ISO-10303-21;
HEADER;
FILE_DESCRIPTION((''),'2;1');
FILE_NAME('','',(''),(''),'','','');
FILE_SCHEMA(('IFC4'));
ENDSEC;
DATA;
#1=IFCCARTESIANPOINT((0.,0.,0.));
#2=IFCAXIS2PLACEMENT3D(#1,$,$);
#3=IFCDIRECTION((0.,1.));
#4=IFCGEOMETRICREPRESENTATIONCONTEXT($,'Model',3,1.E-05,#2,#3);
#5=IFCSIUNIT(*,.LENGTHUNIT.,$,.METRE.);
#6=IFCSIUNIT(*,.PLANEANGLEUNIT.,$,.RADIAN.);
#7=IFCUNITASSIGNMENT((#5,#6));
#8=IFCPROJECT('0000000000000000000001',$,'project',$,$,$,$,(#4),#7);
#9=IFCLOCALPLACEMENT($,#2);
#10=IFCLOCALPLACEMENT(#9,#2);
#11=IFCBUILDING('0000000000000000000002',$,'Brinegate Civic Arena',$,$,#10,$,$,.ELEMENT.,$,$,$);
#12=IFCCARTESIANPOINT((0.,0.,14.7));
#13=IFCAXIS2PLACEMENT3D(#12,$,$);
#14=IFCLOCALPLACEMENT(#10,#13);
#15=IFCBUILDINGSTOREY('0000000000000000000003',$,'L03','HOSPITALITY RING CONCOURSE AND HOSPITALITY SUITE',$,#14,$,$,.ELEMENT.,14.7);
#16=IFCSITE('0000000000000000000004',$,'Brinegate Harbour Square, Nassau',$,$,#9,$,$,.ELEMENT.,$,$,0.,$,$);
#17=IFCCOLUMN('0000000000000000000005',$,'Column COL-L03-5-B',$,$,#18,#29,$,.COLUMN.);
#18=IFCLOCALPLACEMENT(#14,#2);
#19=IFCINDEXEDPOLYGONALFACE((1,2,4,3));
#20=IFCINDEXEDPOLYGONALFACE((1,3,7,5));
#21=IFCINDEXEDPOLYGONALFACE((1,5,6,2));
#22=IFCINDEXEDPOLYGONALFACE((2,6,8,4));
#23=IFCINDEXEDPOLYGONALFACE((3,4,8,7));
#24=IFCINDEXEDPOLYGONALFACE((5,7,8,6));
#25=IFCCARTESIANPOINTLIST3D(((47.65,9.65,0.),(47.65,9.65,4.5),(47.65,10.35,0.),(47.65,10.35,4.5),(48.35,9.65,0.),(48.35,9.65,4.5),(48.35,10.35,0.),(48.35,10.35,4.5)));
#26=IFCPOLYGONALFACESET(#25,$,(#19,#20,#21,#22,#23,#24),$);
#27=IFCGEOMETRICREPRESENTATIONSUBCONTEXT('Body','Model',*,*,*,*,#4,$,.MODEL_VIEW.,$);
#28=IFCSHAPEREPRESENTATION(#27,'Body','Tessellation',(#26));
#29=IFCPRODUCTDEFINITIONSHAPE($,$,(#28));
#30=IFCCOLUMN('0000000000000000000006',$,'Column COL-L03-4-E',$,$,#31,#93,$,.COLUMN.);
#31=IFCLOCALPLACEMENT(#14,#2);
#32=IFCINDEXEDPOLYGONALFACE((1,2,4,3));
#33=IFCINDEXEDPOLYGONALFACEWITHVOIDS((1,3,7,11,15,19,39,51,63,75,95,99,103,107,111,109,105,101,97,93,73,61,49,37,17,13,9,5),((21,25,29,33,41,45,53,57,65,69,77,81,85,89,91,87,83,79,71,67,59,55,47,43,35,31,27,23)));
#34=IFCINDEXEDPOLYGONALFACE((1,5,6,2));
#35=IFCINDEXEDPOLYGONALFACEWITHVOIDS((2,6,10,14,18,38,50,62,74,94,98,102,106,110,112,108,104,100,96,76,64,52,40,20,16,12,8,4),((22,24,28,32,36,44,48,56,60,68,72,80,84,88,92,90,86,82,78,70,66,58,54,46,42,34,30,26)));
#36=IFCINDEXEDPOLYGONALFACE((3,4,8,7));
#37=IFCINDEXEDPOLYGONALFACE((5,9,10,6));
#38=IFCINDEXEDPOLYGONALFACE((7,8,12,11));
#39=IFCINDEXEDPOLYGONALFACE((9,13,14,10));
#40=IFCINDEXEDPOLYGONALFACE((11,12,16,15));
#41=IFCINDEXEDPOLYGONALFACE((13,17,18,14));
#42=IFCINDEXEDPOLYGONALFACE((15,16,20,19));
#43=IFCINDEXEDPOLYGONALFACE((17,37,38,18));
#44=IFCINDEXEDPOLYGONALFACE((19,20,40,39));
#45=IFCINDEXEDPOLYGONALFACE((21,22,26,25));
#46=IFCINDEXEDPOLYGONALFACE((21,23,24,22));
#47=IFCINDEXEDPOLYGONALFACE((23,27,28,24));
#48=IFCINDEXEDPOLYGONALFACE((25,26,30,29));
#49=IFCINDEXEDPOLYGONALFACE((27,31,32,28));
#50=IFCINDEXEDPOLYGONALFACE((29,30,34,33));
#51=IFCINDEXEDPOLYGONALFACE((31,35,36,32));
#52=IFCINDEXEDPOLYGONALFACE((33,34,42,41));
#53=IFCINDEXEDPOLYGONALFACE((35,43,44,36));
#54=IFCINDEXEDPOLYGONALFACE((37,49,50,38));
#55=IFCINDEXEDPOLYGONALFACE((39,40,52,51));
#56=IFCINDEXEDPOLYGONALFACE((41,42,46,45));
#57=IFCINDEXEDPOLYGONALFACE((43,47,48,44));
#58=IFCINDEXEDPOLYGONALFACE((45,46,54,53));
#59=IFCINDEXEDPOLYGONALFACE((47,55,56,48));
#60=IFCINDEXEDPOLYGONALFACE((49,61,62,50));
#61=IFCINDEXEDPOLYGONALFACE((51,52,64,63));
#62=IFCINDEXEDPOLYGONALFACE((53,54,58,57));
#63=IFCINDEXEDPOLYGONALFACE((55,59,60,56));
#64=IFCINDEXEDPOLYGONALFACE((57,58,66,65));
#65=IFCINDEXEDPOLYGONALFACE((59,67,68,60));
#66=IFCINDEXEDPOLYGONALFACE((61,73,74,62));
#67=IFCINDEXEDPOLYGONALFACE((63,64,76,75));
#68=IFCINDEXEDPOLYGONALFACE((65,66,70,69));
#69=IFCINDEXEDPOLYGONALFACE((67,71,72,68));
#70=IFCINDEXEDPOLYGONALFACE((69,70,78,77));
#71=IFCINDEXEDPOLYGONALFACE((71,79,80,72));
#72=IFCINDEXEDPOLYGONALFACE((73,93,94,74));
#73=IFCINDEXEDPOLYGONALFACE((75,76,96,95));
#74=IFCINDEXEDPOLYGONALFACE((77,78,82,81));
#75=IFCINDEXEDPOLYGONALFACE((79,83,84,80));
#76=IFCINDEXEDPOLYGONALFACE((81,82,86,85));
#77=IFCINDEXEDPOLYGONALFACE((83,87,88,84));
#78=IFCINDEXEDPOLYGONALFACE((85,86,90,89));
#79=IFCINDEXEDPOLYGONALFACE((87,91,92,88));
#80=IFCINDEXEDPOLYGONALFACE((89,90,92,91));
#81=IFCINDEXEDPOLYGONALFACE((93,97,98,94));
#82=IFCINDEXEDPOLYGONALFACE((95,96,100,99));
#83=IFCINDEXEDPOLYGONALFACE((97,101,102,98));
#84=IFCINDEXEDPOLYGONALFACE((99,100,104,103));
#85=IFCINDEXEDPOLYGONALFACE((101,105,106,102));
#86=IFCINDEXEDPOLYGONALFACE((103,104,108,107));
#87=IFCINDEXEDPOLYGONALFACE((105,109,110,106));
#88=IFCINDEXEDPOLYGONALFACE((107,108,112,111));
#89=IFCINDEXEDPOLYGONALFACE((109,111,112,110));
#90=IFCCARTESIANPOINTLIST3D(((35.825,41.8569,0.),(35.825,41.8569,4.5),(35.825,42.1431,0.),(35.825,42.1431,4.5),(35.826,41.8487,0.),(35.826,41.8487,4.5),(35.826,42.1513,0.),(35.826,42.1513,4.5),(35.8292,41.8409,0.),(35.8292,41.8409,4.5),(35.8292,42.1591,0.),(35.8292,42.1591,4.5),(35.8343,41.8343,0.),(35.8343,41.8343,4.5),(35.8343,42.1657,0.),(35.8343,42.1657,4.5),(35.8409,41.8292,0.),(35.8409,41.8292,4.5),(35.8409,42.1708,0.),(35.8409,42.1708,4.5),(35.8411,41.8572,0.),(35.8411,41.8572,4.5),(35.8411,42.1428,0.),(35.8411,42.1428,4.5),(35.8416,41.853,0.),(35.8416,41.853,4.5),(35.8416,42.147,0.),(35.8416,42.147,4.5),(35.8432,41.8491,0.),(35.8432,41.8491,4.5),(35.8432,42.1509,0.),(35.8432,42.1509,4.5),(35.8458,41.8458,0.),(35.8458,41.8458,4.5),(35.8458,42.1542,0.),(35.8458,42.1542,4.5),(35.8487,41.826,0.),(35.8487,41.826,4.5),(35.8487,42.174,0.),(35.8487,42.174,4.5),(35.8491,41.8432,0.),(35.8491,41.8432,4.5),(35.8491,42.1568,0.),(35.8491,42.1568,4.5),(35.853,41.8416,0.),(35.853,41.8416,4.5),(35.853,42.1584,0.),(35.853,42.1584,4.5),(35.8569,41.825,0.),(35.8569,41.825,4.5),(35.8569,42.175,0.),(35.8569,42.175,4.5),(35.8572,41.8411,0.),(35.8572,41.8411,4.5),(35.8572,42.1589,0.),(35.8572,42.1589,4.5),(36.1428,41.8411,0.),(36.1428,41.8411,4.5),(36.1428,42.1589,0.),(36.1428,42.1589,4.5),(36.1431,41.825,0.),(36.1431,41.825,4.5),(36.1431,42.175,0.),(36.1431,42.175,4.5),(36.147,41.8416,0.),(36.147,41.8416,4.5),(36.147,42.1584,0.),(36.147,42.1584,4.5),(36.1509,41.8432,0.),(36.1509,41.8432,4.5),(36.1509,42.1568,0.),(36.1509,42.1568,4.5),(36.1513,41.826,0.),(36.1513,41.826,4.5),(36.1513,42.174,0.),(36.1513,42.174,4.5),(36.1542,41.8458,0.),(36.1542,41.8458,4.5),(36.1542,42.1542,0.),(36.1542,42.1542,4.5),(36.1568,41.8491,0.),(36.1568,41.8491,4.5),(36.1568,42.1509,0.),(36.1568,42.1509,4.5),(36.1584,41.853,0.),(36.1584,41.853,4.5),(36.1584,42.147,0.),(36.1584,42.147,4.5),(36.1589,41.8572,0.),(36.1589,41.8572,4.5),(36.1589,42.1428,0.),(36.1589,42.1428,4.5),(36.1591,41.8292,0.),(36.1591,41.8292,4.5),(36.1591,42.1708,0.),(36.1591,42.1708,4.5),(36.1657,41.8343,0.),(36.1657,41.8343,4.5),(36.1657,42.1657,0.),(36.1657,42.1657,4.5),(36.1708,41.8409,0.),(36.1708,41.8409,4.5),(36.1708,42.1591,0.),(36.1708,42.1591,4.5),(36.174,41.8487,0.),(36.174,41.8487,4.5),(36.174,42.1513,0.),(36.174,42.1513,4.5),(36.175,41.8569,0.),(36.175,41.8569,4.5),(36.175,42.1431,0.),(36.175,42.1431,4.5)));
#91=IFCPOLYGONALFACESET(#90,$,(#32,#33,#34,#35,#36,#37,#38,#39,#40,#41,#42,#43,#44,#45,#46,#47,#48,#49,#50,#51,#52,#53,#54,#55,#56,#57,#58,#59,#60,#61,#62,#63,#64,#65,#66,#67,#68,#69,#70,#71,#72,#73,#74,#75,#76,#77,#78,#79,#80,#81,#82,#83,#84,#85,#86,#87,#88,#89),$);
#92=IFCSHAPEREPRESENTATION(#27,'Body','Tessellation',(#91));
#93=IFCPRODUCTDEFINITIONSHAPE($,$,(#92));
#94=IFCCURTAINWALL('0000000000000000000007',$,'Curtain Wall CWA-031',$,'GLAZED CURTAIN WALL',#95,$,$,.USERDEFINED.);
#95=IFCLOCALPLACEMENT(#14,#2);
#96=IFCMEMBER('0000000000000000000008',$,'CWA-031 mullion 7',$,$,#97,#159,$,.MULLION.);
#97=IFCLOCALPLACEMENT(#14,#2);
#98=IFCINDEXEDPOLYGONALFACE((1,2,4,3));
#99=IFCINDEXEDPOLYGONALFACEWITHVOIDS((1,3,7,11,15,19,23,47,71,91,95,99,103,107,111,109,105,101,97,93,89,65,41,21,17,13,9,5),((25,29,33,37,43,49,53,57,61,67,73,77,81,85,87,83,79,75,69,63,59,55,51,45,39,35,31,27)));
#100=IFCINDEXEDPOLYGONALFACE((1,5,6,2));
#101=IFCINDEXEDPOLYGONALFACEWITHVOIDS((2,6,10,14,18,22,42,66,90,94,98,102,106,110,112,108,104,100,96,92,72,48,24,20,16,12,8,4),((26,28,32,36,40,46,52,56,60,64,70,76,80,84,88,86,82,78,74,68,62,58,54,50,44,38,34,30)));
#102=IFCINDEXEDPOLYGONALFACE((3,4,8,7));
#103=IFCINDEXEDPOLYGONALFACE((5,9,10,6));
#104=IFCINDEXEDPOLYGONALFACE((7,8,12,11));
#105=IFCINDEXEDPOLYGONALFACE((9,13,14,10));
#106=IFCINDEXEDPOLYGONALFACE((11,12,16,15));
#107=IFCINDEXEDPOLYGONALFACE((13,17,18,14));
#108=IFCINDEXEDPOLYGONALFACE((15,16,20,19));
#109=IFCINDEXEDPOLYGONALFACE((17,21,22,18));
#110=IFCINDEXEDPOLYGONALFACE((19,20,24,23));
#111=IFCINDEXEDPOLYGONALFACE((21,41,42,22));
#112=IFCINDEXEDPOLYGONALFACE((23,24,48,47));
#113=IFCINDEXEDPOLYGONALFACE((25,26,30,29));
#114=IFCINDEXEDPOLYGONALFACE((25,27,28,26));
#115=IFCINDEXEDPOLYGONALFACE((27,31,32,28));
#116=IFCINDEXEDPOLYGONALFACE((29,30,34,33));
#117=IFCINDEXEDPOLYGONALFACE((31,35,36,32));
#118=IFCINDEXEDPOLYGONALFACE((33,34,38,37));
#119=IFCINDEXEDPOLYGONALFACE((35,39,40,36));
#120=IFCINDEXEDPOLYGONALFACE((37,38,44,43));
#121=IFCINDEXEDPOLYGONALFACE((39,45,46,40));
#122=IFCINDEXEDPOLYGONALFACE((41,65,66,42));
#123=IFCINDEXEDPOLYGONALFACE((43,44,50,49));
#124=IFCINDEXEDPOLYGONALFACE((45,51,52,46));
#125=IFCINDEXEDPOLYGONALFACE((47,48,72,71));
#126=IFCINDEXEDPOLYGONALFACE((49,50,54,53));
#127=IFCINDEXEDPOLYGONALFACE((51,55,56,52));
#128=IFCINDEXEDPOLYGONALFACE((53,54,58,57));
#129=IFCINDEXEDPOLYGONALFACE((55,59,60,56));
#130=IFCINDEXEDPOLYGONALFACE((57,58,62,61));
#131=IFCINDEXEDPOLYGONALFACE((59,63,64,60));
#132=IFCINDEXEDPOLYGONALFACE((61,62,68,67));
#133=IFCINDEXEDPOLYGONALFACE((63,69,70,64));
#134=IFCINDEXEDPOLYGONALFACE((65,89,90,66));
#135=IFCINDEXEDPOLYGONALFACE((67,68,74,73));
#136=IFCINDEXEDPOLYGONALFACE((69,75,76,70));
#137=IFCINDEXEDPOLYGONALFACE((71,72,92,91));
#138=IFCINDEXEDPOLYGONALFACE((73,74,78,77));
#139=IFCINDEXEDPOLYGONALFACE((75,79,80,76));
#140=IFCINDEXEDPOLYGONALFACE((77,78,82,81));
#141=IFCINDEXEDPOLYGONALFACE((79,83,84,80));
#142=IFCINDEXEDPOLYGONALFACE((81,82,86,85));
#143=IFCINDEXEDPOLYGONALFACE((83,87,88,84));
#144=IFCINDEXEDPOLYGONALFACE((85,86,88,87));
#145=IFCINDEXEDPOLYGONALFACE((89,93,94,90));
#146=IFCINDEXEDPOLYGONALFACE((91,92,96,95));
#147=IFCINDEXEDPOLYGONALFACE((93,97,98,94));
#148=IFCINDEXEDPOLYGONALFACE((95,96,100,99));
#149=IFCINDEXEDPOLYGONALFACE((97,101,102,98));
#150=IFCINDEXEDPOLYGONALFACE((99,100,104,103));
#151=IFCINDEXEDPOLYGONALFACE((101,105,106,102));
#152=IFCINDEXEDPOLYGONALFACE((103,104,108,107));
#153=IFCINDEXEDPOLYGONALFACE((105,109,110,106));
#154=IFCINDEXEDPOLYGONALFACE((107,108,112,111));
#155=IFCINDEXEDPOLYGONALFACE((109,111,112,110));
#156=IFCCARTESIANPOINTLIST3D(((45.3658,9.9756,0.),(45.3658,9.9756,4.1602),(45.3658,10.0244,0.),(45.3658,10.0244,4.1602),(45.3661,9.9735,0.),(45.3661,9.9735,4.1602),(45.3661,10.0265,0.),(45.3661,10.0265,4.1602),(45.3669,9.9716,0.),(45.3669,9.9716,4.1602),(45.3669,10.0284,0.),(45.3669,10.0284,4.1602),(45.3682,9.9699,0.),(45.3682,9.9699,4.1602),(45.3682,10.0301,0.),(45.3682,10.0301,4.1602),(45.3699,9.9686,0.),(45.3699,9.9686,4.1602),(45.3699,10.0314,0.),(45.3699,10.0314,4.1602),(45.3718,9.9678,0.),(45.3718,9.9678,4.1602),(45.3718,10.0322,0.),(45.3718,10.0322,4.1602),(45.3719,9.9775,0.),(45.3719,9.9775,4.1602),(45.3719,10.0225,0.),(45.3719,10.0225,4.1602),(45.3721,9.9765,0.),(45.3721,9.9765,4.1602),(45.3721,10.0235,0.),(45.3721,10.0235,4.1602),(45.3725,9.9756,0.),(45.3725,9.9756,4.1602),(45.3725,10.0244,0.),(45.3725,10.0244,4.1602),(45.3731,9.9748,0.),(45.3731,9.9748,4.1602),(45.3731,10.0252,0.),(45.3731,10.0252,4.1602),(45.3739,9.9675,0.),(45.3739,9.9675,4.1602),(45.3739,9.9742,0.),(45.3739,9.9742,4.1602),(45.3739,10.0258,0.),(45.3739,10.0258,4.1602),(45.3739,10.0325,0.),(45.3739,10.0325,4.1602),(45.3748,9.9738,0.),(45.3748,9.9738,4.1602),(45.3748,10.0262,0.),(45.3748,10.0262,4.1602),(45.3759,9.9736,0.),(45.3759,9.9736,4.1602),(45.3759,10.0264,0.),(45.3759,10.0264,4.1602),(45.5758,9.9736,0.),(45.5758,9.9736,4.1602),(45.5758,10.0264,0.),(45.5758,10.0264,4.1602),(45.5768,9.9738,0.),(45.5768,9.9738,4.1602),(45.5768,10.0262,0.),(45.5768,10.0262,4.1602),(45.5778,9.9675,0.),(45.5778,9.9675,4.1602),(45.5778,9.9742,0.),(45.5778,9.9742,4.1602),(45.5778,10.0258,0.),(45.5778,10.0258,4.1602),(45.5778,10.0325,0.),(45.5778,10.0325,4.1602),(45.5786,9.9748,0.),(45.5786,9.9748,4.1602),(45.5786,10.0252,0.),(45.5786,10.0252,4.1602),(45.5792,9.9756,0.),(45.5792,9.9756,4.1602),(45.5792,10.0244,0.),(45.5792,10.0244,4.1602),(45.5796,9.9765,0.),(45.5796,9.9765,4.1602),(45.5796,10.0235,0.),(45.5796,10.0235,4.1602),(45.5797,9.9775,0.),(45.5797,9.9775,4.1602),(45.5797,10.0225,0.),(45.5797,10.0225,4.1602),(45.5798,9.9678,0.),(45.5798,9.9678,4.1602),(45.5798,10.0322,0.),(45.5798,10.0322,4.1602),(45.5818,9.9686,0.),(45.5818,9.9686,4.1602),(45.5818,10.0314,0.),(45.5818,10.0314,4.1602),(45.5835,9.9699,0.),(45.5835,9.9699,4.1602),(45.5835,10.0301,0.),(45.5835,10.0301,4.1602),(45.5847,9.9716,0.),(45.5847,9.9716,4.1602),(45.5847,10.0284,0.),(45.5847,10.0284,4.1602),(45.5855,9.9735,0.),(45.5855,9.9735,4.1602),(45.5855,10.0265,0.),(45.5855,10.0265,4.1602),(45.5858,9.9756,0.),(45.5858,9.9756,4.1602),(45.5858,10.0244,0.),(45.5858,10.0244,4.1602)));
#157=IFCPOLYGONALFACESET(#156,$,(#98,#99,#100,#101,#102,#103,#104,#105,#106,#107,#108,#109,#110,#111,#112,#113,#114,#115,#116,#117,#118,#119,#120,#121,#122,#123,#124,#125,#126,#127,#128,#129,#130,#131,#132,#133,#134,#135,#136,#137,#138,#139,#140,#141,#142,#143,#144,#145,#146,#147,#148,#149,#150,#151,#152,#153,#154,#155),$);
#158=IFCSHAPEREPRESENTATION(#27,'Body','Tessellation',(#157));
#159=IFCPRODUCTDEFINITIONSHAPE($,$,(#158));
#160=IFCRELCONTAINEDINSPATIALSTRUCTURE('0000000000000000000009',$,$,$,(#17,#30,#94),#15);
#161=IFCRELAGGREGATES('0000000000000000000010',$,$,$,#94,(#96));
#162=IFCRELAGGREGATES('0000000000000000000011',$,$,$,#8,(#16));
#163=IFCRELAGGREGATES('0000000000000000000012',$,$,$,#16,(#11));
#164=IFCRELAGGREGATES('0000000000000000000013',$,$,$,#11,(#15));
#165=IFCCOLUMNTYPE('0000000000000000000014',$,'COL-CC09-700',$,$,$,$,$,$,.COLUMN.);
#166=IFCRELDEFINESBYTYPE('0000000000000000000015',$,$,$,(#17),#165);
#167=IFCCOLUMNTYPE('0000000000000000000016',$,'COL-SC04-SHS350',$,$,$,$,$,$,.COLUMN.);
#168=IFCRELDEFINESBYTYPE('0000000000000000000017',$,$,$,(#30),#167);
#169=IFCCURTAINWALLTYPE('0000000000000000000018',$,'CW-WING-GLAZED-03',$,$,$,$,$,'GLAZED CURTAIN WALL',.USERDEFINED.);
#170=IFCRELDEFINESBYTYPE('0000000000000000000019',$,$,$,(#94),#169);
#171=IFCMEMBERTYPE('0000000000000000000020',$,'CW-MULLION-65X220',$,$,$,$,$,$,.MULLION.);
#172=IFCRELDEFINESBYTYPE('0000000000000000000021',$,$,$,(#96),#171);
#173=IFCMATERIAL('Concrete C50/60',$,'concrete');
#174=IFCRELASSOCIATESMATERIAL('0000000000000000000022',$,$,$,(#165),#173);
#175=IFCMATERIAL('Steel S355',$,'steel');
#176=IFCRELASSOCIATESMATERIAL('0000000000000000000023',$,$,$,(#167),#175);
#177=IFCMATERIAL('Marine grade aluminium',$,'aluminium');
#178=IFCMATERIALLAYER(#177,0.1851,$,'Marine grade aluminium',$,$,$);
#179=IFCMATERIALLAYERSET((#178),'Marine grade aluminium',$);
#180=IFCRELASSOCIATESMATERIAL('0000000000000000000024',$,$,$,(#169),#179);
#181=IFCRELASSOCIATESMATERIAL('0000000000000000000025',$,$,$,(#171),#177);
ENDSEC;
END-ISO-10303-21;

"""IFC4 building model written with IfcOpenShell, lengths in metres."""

from ifc_helpers import new_model, si_unit, direction, frame, origin, origin_2d, place, context, subcontext, project, spatial, rectangle, hollow_rectangle, extrude, material, layer, layer_set, material_profile, profile_set, type_object, element, aggregate, save


model = new_model("IFC4")

# Units and contexts
model_context = context("Model", 3, precision=1e-05, world=origin(), true_north=direction((0.0, 1.0)))
body_context = subcontext(model_context, "Body", "Model", "MODEL_VIEW")
ifc_project = project(units=[si_unit("LENGTHUNIT", "METRE"), si_unit("PLANEANGLEUNIT", "RADIAN")], contexts=[model_context])

# Site, building, storey
site_placement = place(None, origin())
site = spatial("IfcSite", under=ifc_project, at=site_placement, Name="Brinegate Harbour Square, Nassau", CompositionType="ELEMENT", RefElevation=0.0)
building_placement = place(site_placement, origin())
building = spatial("IfcBuilding", under=site, at=building_placement, Name="Brinegate Civic Arena", CompositionType="ELEMENT")
storey_placement = place(building_placement, frame((0.0, 0.0, 14.7)))
storey = spatial("IfcBuildingStorey", under=building, at=storey_placement, Name="L03", Description="HOSPITALITY RING CONCOURSE AND HOSPITALITY SUITE", CompositionType="ELEMENT", Elevation=14.7)

# Columns
ifc_material_1 = material(Name="Concrete C50/60", Category="concrete")
ifc_material_profile_1 = material_profile(ifc_material_1, rectangle(XDim=0.7, YDim=0.7, at=origin_2d()), Name="RC700X700")
ifc_profile_set_1 = profile_set([ifc_material_profile_1], Name="Concrete C50/60")
column_type_1 = type_object("IfcColumnType", Name="COL-CC09-700", PredefinedType="COLUMN", material=ifc_profile_set_1)
column_1_placement = place(storey_placement, frame((48.0, 10.0, 0.0), z_axis=(0.0, 0.0, 1.0), x_axis=(1.0, 0.0, 0.0)))
element("IfcColumn", 1, at=column_1_placement, inside=storey, type_object=column_type_1, Name="Column COL-L03-5-B", PredefinedType="COLUMN", context=body_context, shape_type="SweptSolid", body=[
    extrude(rectangle(XDim=0.7, YDim=0.7, at=origin_2d()), origin(), (0.0, 0.0, 1.0), 4.5),
])
ifc_material_2 = material(Name="Steel S355", Category="steel")
ifc_material_profile_2 = material_profile(ifc_material_2, hollow_rectangle(XDim=0.3501, YDim=0.3501, WallThickness=0.0161, InnerFilletRadius=0.0161, OuterFilletRadius=0.032, at=origin_2d()), Name="SHS350X16")
ifc_profile_set_2 = profile_set([ifc_material_profile_2], Name="Steel S355")
column_type_2 = type_object("IfcColumnType", Name="COL-SC04-SHS350", PredefinedType="COLUMN", material=ifc_profile_set_2)
column_2_placement = place(storey_placement, frame((36.0, 42.0, 0.0), z_axis=(0.0, 0.0, 1.0), x_axis=(1.0, 0.0, 0.0)))
element("IfcColumn", 2, at=column_2_placement, inside=storey, type_object=column_type_2, Name="Column COL-L03-4-E", PredefinedType="COLUMN", context=body_context, shape_type="SweptSolid", body=[
    extrude(hollow_rectangle(XDim=0.3501, YDim=0.3501, WallThickness=0.0161, InnerFilletRadius=0.0161, OuterFilletRadius=0.032, at=origin_2d()), origin(), (0.0, 0.0, 1.0), 4.5),
])

# Curtain wall, member
ifc_material_3 = material(Name="Marine grade aluminium", Category="aluminium")
ifc_layer_1 = layer(ifc_material_3, 0.1851, Name="Marine grade aluminium")
ifc_layer_set_1 = layer_set([ifc_layer_1], Name="Marine grade aluminium")
curtain_wall_type_1 = type_object("IfcCurtainWallType", Name="CW-WING-GLAZED-03", ElementType="GLAZED CURTAIN WALL", PredefinedType="USERDEFINED", material=ifc_layer_set_1)
curtain_wall_1_placement = place(storey_placement, origin())
curtain_wall_1 = element("IfcCurtainWall", 3, at=curtain_wall_1_placement, inside=storey, type_object=curtain_wall_type_1, Name="Curtain Wall CWA-031", ObjectType="GLAZED CURTAIN WALL", PredefinedType="USERDEFINED")
ifc_material_profile_3 = material_profile(ifc_material_3, hollow_rectangle(XDim=0.0649, YDim=0.22, WallThickness=0.0061, InnerFilletRadius=0.0039, OuterFilletRadius=0.0081, at=origin_2d()), Name="MUL65X220")
ifc_profile_set_3 = profile_set([ifc_material_profile_3], Name="Marine grade aluminium")
member_type_1 = type_object("IfcMemberType", Name="CW-MULLION-65X220", PredefinedType="MULLION", material=ifc_profile_set_3)
member_1_placement = place(storey_placement, frame((45.4758, 10.0, 0.0), z_axis=(0.0, 0.0, 1.0), x_axis=(0.0, 1.0, 0.0)))
member_1 = element("IfcMember", 4, at=member_1_placement, type_object=member_type_1, Name="CWA-031 mullion 7", PredefinedType="MULLION", context=body_context, shape_type="SweptSolid", body=[
    extrude(hollow_rectangle(XDim=0.0649, YDim=0.22, WallThickness=0.0061, InnerFilletRadius=0.0039, OuterFilletRadius=0.0081, at=origin_2d()), origin(), (0.0, 0.0, 1.0), 4.1602),
])

aggregate(curtain_wall_1, [member_1])

save(model, "model.ifc")
